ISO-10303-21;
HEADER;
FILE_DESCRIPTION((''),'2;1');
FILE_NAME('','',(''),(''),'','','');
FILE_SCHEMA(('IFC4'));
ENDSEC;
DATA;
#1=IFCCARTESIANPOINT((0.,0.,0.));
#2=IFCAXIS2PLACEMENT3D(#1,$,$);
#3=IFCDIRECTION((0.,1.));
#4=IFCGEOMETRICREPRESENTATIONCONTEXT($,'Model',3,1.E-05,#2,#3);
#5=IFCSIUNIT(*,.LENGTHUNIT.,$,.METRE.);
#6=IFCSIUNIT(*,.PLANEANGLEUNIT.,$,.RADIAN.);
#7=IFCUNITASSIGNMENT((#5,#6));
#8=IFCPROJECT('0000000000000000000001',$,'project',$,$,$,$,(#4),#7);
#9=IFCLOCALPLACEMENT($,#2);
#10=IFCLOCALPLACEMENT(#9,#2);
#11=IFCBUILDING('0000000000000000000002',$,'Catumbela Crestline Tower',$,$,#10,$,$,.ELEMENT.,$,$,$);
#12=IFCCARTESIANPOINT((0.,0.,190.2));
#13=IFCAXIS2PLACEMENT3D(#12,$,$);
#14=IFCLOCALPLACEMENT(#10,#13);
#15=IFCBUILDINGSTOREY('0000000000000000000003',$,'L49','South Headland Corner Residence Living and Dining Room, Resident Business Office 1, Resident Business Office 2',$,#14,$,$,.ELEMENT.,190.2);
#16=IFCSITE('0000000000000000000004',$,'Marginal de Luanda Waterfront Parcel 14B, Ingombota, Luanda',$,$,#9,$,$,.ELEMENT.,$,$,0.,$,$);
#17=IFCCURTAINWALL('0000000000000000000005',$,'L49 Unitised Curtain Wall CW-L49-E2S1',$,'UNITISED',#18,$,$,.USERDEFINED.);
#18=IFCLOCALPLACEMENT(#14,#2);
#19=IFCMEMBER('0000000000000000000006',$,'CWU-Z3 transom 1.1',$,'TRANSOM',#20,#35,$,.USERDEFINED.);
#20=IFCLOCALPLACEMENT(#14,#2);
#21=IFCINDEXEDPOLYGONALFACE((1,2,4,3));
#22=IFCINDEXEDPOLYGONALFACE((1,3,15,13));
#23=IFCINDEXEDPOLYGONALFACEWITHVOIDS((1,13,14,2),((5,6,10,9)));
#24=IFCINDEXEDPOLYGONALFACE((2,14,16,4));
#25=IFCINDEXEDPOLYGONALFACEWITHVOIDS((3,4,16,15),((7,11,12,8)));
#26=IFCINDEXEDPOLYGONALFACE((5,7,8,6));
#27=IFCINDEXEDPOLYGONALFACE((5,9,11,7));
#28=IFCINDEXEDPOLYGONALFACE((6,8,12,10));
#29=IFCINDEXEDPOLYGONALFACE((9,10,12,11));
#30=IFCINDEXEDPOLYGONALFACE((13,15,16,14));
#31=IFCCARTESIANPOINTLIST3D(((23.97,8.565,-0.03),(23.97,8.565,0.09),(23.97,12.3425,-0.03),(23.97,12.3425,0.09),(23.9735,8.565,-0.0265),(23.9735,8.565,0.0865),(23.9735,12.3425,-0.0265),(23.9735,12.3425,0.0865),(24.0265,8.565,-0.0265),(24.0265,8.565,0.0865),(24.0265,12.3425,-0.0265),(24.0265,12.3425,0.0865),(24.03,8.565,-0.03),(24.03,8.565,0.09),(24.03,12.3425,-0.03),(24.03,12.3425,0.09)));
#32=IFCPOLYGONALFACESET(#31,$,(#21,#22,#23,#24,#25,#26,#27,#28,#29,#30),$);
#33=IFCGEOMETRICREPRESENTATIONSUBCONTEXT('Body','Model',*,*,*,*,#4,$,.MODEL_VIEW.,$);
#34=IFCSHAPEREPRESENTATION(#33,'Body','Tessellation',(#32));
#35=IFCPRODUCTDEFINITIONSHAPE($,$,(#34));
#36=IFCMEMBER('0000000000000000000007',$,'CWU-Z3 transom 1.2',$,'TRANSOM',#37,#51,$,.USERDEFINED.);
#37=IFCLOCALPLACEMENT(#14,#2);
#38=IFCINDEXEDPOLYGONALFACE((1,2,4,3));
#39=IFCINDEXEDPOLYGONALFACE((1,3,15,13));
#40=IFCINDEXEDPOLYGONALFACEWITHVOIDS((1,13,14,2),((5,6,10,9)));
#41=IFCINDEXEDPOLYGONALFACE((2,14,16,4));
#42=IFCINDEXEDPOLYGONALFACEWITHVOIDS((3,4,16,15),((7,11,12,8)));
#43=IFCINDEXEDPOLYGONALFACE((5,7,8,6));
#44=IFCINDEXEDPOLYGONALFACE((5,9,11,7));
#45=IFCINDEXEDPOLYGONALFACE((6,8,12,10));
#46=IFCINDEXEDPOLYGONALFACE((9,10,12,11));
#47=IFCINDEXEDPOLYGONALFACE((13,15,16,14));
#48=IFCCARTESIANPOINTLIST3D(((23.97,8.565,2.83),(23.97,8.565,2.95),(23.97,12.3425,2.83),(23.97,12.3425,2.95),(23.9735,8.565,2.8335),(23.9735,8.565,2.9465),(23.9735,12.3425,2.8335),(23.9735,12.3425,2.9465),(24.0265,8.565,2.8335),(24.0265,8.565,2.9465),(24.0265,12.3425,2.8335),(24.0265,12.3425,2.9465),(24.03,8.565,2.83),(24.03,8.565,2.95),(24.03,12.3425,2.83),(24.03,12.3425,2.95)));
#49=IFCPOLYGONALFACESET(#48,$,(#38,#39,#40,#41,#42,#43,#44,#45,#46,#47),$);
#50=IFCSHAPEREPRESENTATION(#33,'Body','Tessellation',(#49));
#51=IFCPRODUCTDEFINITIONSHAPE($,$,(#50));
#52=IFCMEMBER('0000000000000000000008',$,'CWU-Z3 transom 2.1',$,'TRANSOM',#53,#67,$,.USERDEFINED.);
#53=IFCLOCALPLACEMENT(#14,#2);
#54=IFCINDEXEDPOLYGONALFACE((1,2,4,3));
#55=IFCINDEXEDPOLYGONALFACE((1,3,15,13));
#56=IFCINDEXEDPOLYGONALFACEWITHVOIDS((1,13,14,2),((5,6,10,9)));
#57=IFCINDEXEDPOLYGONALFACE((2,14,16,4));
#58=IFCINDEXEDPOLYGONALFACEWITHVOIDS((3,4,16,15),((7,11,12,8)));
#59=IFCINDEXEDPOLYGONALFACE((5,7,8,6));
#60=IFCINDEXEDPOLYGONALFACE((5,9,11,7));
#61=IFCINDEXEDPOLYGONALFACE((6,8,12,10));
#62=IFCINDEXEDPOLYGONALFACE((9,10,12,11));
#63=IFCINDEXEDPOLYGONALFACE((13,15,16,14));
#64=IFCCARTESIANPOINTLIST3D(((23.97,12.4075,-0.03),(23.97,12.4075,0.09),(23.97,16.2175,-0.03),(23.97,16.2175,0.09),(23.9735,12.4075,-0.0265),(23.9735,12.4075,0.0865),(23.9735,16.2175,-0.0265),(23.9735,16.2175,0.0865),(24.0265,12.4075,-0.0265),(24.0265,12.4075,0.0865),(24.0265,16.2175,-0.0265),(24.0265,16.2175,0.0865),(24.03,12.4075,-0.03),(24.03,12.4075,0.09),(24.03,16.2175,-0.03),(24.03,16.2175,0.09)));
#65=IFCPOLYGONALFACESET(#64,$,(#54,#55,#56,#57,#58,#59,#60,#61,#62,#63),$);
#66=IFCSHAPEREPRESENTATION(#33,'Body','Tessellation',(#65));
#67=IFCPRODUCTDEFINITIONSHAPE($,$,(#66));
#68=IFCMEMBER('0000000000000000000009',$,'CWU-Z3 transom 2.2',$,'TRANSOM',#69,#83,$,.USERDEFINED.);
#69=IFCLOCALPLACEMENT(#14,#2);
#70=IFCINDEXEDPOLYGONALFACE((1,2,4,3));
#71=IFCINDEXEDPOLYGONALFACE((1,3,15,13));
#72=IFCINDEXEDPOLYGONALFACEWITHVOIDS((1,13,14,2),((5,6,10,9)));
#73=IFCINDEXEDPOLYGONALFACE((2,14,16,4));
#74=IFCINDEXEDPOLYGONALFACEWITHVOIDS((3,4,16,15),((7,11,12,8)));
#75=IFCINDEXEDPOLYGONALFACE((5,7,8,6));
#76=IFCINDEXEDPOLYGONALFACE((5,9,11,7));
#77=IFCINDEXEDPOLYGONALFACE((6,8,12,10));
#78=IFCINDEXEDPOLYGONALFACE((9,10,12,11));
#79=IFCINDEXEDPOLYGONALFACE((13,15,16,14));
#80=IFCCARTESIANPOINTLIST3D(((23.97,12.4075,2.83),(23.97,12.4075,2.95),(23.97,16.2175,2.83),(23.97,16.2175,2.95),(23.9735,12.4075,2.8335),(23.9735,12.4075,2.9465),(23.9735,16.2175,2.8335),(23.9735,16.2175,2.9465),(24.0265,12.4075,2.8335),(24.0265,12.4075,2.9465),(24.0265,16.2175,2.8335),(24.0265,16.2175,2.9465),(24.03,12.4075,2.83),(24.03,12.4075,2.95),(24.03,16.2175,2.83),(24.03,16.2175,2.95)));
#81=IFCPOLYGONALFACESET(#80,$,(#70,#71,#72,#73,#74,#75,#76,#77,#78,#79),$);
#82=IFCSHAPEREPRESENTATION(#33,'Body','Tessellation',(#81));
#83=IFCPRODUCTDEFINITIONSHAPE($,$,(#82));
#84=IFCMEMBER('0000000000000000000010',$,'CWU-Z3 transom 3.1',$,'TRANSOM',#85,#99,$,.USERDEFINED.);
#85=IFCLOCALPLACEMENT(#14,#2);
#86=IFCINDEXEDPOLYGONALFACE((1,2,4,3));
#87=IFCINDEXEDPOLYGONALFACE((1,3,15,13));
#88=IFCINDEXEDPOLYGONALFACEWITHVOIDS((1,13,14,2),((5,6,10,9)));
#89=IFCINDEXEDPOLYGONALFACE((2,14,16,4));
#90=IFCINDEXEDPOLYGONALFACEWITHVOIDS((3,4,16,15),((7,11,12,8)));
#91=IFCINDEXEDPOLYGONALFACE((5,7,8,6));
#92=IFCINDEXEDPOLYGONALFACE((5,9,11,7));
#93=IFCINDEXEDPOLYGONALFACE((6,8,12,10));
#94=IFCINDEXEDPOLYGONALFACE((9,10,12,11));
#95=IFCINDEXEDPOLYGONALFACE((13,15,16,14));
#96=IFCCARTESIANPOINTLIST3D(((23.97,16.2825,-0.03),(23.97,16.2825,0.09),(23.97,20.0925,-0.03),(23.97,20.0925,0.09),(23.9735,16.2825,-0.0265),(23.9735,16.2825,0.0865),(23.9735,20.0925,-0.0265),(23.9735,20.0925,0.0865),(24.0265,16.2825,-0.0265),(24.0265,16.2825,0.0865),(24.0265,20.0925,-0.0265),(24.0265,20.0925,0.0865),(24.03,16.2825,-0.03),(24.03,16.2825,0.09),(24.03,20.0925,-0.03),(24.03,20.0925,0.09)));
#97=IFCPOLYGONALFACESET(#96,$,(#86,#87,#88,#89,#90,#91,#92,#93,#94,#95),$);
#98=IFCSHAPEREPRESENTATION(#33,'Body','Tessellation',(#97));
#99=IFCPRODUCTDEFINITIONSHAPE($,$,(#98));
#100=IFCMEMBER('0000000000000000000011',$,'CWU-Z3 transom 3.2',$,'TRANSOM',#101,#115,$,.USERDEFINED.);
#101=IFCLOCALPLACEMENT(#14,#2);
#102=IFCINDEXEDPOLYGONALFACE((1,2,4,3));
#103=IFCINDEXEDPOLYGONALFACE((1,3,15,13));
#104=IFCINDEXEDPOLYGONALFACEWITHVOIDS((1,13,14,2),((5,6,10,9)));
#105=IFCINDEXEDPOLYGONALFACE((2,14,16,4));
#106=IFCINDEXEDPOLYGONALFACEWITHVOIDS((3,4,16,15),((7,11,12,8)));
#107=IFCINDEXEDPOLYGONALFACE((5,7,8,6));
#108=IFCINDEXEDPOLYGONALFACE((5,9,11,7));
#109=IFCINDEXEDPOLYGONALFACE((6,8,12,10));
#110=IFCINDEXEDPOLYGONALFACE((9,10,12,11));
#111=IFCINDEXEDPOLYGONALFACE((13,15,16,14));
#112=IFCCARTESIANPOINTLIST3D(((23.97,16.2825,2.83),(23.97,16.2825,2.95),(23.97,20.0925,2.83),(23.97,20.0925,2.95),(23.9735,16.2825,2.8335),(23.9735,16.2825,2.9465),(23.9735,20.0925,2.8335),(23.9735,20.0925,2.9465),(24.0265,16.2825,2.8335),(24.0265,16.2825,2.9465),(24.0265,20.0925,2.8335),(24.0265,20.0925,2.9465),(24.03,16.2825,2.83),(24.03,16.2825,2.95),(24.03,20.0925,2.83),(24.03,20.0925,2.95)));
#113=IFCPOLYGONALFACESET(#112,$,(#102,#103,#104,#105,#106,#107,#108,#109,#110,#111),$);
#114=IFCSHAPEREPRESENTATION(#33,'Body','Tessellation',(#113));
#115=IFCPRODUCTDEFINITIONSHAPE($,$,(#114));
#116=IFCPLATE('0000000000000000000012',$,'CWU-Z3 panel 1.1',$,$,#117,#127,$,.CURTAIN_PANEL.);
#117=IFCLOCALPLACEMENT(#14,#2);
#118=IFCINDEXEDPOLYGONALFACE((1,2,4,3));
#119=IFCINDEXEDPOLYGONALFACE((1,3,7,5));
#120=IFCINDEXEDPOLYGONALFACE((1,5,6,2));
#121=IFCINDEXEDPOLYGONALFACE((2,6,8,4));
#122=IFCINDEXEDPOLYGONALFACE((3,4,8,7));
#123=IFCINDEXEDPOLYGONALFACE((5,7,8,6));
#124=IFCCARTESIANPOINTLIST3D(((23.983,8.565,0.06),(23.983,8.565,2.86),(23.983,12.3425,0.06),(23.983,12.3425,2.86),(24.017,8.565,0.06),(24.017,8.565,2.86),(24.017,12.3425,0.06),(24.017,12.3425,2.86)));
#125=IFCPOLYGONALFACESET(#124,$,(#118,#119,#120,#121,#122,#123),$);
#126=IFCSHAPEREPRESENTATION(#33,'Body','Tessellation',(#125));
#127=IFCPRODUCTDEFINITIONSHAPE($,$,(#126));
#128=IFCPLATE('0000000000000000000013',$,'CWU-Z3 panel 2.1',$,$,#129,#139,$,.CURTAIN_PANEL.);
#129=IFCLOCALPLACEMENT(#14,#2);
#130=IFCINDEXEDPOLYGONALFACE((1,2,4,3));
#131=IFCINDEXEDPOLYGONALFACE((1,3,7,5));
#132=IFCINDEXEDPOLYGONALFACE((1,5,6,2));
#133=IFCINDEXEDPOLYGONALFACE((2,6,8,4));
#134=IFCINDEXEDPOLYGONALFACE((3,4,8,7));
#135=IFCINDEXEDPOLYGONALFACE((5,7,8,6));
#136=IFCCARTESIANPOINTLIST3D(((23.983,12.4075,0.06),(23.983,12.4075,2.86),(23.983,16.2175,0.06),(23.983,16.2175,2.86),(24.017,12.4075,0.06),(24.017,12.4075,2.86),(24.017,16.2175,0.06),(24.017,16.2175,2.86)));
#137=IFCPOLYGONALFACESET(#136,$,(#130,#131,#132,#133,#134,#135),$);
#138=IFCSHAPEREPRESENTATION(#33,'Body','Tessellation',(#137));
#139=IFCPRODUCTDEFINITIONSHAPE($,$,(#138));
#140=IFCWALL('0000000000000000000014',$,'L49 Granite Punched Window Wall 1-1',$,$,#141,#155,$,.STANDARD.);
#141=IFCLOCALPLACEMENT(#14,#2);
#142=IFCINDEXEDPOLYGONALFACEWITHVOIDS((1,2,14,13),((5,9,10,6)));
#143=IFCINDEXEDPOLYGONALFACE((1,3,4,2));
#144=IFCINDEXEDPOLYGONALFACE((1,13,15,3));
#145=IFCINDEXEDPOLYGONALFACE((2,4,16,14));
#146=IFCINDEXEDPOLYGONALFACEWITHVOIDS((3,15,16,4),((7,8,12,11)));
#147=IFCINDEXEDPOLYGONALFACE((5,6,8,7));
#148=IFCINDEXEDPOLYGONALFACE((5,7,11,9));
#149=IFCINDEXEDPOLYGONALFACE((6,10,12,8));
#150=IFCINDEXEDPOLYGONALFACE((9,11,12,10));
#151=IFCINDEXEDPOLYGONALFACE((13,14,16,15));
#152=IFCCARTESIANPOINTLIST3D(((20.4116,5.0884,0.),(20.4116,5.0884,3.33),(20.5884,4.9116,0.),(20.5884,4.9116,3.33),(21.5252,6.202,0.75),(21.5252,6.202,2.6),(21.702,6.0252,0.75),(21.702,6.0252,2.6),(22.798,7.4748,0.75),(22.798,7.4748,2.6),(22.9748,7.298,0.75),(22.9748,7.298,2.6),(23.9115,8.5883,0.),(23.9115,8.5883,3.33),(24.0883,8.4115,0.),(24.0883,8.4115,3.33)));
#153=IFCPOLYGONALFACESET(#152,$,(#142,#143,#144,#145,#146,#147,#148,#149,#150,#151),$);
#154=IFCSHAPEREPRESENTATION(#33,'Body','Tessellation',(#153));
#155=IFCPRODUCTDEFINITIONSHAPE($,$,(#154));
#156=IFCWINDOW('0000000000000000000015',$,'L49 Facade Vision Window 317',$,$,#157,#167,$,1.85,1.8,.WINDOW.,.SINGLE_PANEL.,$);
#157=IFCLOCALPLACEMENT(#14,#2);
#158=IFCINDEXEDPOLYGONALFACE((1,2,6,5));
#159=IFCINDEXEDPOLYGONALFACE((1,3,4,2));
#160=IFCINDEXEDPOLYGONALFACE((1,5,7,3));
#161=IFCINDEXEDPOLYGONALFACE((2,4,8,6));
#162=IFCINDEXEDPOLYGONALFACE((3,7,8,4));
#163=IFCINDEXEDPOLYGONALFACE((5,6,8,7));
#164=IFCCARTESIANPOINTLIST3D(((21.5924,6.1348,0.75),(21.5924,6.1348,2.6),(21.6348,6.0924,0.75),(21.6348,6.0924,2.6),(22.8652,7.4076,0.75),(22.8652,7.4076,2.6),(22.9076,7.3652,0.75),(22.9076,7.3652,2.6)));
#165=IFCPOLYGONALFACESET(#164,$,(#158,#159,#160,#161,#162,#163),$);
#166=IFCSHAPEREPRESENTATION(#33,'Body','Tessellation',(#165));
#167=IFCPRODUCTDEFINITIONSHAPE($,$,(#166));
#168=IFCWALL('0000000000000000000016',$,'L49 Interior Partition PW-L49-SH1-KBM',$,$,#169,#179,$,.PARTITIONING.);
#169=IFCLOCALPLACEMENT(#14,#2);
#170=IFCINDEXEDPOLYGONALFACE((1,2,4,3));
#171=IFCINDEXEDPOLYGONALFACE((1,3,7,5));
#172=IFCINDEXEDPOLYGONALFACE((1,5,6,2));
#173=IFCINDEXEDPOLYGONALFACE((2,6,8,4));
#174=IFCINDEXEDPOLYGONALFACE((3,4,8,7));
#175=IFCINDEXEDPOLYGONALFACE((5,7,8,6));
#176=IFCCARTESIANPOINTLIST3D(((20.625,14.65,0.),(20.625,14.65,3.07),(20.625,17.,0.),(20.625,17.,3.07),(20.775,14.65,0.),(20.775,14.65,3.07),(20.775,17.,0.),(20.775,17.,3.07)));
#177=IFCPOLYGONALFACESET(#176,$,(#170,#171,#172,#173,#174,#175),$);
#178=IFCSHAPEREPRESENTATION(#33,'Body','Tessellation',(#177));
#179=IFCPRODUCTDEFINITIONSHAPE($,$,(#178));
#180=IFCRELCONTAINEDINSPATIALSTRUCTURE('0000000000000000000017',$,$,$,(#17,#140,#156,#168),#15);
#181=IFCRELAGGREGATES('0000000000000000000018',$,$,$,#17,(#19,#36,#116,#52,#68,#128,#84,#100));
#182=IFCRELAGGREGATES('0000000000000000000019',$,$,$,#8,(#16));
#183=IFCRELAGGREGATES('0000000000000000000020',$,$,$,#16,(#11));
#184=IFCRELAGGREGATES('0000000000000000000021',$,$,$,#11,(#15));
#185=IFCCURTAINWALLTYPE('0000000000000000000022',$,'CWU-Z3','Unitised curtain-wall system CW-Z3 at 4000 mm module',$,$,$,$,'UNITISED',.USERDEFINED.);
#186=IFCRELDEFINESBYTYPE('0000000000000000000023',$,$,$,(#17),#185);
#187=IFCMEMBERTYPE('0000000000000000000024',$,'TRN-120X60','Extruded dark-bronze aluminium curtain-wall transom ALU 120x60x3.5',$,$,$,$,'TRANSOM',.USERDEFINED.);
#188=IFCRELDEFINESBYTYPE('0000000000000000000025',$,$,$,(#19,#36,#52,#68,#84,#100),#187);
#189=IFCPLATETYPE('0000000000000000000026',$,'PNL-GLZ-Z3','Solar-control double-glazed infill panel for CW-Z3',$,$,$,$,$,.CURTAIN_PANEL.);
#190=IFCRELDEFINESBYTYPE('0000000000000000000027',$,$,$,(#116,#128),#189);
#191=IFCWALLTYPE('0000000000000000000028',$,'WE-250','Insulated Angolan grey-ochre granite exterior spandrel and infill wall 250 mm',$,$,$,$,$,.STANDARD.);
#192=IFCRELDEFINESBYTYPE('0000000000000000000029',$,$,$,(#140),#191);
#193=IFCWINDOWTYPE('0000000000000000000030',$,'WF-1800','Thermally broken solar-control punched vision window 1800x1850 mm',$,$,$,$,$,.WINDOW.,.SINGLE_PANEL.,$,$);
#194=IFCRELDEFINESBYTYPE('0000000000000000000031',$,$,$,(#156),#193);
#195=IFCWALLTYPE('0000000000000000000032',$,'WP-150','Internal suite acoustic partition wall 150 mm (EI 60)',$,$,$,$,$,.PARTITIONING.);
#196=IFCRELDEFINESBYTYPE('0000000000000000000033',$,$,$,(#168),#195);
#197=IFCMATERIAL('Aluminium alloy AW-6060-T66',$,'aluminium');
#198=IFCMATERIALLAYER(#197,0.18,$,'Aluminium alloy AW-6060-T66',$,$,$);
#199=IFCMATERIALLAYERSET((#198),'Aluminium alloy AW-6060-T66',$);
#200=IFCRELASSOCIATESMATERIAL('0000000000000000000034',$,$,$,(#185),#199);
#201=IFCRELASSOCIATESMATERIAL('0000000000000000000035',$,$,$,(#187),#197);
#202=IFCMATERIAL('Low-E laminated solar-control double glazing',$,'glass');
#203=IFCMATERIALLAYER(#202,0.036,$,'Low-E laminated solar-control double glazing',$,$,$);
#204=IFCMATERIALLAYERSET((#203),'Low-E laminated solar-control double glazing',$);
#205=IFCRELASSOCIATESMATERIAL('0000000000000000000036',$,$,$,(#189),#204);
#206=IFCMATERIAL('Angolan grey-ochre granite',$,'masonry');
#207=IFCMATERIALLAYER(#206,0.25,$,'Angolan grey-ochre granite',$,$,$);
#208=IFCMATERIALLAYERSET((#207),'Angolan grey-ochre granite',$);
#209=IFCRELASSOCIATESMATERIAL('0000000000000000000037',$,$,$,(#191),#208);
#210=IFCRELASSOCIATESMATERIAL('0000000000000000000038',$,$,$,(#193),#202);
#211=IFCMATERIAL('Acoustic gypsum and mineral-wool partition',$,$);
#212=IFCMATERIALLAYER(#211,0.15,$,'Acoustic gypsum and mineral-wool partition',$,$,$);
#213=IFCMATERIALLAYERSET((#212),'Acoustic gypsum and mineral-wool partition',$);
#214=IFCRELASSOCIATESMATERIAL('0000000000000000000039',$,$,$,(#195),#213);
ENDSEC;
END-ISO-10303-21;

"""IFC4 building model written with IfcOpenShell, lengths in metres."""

from ifc_helpers import new_model, si_unit, direction, frame, frame_2d, origin, origin_2d, place, context, subcontext, project, spatial, rectangle, hollow_rectangle, extrude, material, layer, layer_set, material_profile, profile_set, type_object, element, fill, aggregate, save


model = new_model("IFC4")

# Units and contexts
model_context = context("Model", 3, precision=1e-05, world=origin(), true_north=direction((0.0, 1.0)))
body_context = subcontext(model_context, "Body", "Model", "MODEL_VIEW")
ifc_project = project(units=[si_unit("LENGTHUNIT", "METRE"), si_unit("PLANEANGLEUNIT", "RADIAN")], contexts=[model_context])

# Site, building, storey
site_placement = place(None, origin())
site = spatial("IfcSite", under=ifc_project, at=site_placement, Name="Marginal de Luanda Waterfront Parcel 14B, Ingombota, Luanda", CompositionType="ELEMENT", RefElevation=0.0)
building_placement = place(site_placement, origin())
building = spatial("IfcBuilding", under=site, at=building_placement, Name="Catumbela Crestline Tower", CompositionType="ELEMENT")
storey_placement = place(building_placement, frame((0.0, 0.0, 190.2)))
storey = spatial("IfcBuildingStorey", under=building, at=storey_placement, Name="L49", Description="South Headland Corner Residence Living and Dining Room, Resident Business Office 1, Resident Business Office 2", CompositionType="ELEMENT", Elevation=190.2)

# Shared definitions
ifc_material_1 = material(Name="Aluminium alloy AW-6060-T66", Category="aluminium")
ifc_layer_1 = layer(ifc_material_1, 0.18, Name="Aluminium alloy AW-6060-T66")
ifc_layer_set_1 = layer_set([ifc_layer_1], Name="Aluminium alloy AW-6060-T66")
curtain_wall_type = type_object("IfcCurtainWallType", Name="CWU-Z3", Description="Unitised curtain-wall system CW-Z3 at 4000 mm module", ElementType="UNITISED", PredefinedType="USERDEFINED", material=ifc_layer_set_1)

# Curtain wall
curtain_wall_1_placement = place(storey_placement, origin())
curtain_wall_1 = element("IfcCurtainWall", 1, at=curtain_wall_1_placement, inside=storey, type_object=curtain_wall_type, Name="L49 Unitised Curtain Wall CW-L49-E2S1", ObjectType="UNITISED", PredefinedType="USERDEFINED")

# Members
ifc_material_profile_1 = material_profile(ifc_material_1, hollow_rectangle(XDim=0.06, YDim=0.12, WallThickness=0.0035, at=origin_2d()), Name="ALU 120x60x3.5")
ifc_profile_set_1 = profile_set([ifc_material_profile_1], Name="Aluminium alloy AW-6060-T66")
member_type_1 = type_object("IfcMemberType", Name="TRN-120X60", Description="Extruded dark-bronze aluminium curtain-wall transom ALU 120x60x3.5", ElementType="TRANSOM", PredefinedType="USERDEFINED", material=ifc_profile_set_1)
member_1_placement = place(storey_placement, frame((24.0, 8.565, 0.03), z_axis=(0.0, 1.0, 0.0), x_axis=(-1.0, 0.0, 0.0)))
member_1 = element("IfcMember", 2, at=member_1_placement, type_object=member_type_1, Name="CWU-Z3 transom 1.1", ObjectType="TRANSOM", PredefinedType="USERDEFINED", context=body_context, shape_type="SweptSolid", body=[
    extrude(hollow_rectangle(XDim=0.06, YDim=0.12, WallThickness=0.0035, at=origin_2d()), origin(), (0.0, 0.0, 1.0), 3.7775),
])
member_2_placement = place(storey_placement, frame((24.0, 8.565, 2.89), z_axis=(0.0, 1.0, 0.0), x_axis=(-1.0, 0.0, 0.0)))
member_2 = element("IfcMember", 3, at=member_2_placement, type_object=member_type_1, Name="CWU-Z3 transom 1.2", ObjectType="TRANSOM", PredefinedType="USERDEFINED", context=body_context, shape_type="SweptSolid", body=[
    extrude(hollow_rectangle(XDim=0.06, YDim=0.12, WallThickness=0.0035, at=origin_2d()), origin(), (0.0, 0.0, 1.0), 3.7775),
])
member_3_placement = place(storey_placement, frame((24.0, 12.4075, 0.03), z_axis=(0.0, 1.0, 0.0), x_axis=(-1.0, 0.0, 0.0)))
member_3 = element("IfcMember", 4, at=member_3_placement, type_object=member_type_1, Name="CWU-Z3 transom 2.1", ObjectType="TRANSOM", PredefinedType="USERDEFINED", context=body_context, shape_type="SweptSolid", body=[
    extrude(hollow_rectangle(XDim=0.06, YDim=0.12, WallThickness=0.0035, at=origin_2d()), origin(), (0.0, 0.0, 1.0), 3.81),
])
member_4_placement = place(storey_placement, frame((24.0, 12.4075, 2.89), z_axis=(0.0, 1.0, 0.0), x_axis=(-1.0, 0.0, 0.0)))
member_4 = element("IfcMember", 5, at=member_4_placement, type_object=member_type_1, Name="CWU-Z3 transom 2.2", ObjectType="TRANSOM", PredefinedType="USERDEFINED", context=body_context, shape_type="SweptSolid", body=[
    extrude(hollow_rectangle(XDim=0.06, YDim=0.12, WallThickness=0.0035, at=origin_2d()), origin(), (0.0, 0.0, 1.0), 3.81),
])
member_5_placement = place(storey_placement, frame((24.0, 16.2825, 0.03), z_axis=(0.0, 1.0, 0.0), x_axis=(-1.0, 0.0, 0.0)))
member_5 = element("IfcMember", 6, at=member_5_placement, type_object=member_type_1, Name="CWU-Z3 transom 3.1", ObjectType="TRANSOM", PredefinedType="USERDEFINED", context=body_context, shape_type="SweptSolid", body=[
    extrude(hollow_rectangle(XDim=0.06, YDim=0.12, WallThickness=0.0035, at=origin_2d()), origin(), (0.0, 0.0, 1.0), 3.81),
])
member_6_placement = place(storey_placement, frame((24.0, 16.2825, 2.89), z_axis=(0.0, 1.0, 0.0), x_axis=(-1.0, 0.0, 0.0)))
member_6 = element("IfcMember", 7, at=member_6_placement, type_object=member_type_1, Name="CWU-Z3 transom 3.2", ObjectType="TRANSOM", PredefinedType="USERDEFINED", context=body_context, shape_type="SweptSolid", body=[
    extrude(hollow_rectangle(XDim=0.06, YDim=0.12, WallThickness=0.0035, at=origin_2d()), origin(), (0.0, 0.0, 1.0), 3.81),
])

# Plates
ifc_material_2 = material(Name="Low-E laminated solar-control double glazing", Category="glass")
ifc_layer_2 = layer(ifc_material_2, 0.036, Name="Low-E laminated solar-control double glazing")
ifc_layer_set_2 = layer_set([ifc_layer_2], Name="Low-E laminated solar-control double glazing")
plate_type = type_object("IfcPlateType", Name="PNL-GLZ-Z3", Description="Solar-control double-glazed infill panel for CW-Z3", PredefinedType="CURTAIN_PANEL", material=ifc_layer_set_2)
plate_1_placement = place(storey_placement, frame((24.0, 10.4538, 0.06), z_axis=(0.0, 0.0, 1.0), x_axis=(0.0, 1.0, 0.0)))
plate_1 = element("IfcPlate", 8, at=plate_1_placement, type_object=plate_type, Name="CWU-Z3 panel 1.1", PredefinedType="CURTAIN_PANEL", context=body_context, shape_type="SweptSolid", body=[
    extrude(rectangle(XDim=3.7775, YDim=0.034, at=origin_2d()), origin(), (0.0, 0.0, 1.0), 2.8),
])
plate_2_placement = place(storey_placement, frame((24.0, 14.3125, 0.06), z_axis=(0.0, 0.0, 1.0), x_axis=(0.0, 1.0, 0.0)))
plate_2 = element("IfcPlate", 9, at=plate_2_placement, type_object=plate_type, Name="CWU-Z3 panel 2.1", PredefinedType="CURTAIN_PANEL", context=body_context, shape_type="SweptSolid", body=[
    extrude(rectangle(XDim=3.81, YDim=0.034, at=origin_2d()), origin(), (0.0, 0.0, 1.0), 2.8),
])
aggregate(curtain_wall_1, [member_1, member_2, plate_1, member_3, member_4, plate_2, member_5, member_6])

# Wall, opening, window
ifc_material_3 = material(Name="Angolan grey-ochre granite", Category="masonry")
ifc_layer_3 = layer(ifc_material_3, 0.25, Name="Angolan grey-ochre granite")
ifc_layer_set_3 = layer_set([ifc_layer_3], Name="Angolan grey-ochre granite")
wall_type_1 = type_object("IfcWallType", Name="WE-250", Description="Insulated Angolan grey-ochre granite exterior spandrel and infill wall 250 mm", PredefinedType="STANDARD", material=ifc_layer_set_3)
wall_1_placement = place(storey_placement, frame((20.5, 5.0, 0.0), z_axis=(0.0, 0.0, 1.0), x_axis=(0.707107, 0.707107, 0.0)))
wall_1 = element("IfcWall", 10, at=wall_1_placement, inside=storey, type_object=wall_type_1, Name="L49 Granite Punched Window Wall 1-1", PredefinedType="STANDARD", context=body_context, shape_type="SweptSolid", body=[
    extrude(rectangle(XDim=4.9497, YDim=0.25, at=frame_2d((2.4748, 0.0))), origin(), (0.0, 0.0, 1.0), 3.33),
])
opening_placement = place(wall_1_placement, frame((1.5749, 0.0, 0.75)))
opening = element("IfcOpeningElement", 11, at=opening_placement, cuts=wall_1, PredefinedType="OPENING", context=body_context, shape_type="SweptSolid", body=[
    extrude(rectangle(XDim=1.8, YDim=1.85, at=frame_2d((0.9, 0.925))), frame((0.0, 0.135, 0.0), z_axis=(0.0, -1.0, 0.0), x_axis=(1.0, 0.0, 0.0)), (0.0, 0.0, 1.0), 0.27),
])
window_type = type_object("IfcWindowType", Name="WF-1800", Description="Thermally broken solar-control punched vision window 1800x1850 mm", PartitioningType="SINGLE_PANEL", PredefinedType="WINDOW", material=ifc_material_2)
window_placement = place(opening_placement, origin())
window = element("IfcWindow", 12, at=window_placement, inside=storey, type_object=window_type, Name="L49 Facade Vision Window 317", OverallHeight=1.85, OverallWidth=1.8, PartitioningType="SINGLE_PANEL", PredefinedType="WINDOW", context=body_context, shape_type="SweptSolid", body=[
    extrude(rectangle(XDim=1.8, YDim=1.85, at=frame_2d((0.9, 0.925))), frame((0.0, 0.03, 0.0), z_axis=(0.0, -1.0, 0.0), x_axis=(1.0, 0.0, 0.0)), (0.0, 0.0, 1.0), 0.06),
])
fill(opening, window)

# Wall
ifc_material_4 = material(Name="Acoustic gypsum and mineral-wool partition")
ifc_layer_4 = layer(ifc_material_4, 0.15, Name="Acoustic gypsum and mineral-wool partition")
ifc_layer_set_4 = layer_set([ifc_layer_4], Name="Acoustic gypsum and mineral-wool partition")
wall_type_2 = type_object("IfcWallType", Name="WP-150", Description="Internal suite acoustic partition wall 150 mm (EI 60)", PredefinedType="PARTITIONING", material=ifc_layer_set_4)
wall_2_placement = place(storey_placement, frame((20.7, 14.65, 0.0), z_axis=(0.0, 0.0, 1.0), x_axis=(0.0, 1.0, 0.0)))
element("IfcWall", 13, at=wall_2_placement, inside=storey, type_object=wall_type_2, Name="L49 Interior Partition PW-L49-SH1-KBM", PredefinedType="PARTITIONING", context=body_context, shape_type="SweptSolid", body=[
    extrude(rectangle(XDim=2.35, YDim=0.15, at=frame_2d((1.175, 0.0))), origin(), (0.0, 0.0, 1.0), 3.07),
])

save(model, "model.ifc")
